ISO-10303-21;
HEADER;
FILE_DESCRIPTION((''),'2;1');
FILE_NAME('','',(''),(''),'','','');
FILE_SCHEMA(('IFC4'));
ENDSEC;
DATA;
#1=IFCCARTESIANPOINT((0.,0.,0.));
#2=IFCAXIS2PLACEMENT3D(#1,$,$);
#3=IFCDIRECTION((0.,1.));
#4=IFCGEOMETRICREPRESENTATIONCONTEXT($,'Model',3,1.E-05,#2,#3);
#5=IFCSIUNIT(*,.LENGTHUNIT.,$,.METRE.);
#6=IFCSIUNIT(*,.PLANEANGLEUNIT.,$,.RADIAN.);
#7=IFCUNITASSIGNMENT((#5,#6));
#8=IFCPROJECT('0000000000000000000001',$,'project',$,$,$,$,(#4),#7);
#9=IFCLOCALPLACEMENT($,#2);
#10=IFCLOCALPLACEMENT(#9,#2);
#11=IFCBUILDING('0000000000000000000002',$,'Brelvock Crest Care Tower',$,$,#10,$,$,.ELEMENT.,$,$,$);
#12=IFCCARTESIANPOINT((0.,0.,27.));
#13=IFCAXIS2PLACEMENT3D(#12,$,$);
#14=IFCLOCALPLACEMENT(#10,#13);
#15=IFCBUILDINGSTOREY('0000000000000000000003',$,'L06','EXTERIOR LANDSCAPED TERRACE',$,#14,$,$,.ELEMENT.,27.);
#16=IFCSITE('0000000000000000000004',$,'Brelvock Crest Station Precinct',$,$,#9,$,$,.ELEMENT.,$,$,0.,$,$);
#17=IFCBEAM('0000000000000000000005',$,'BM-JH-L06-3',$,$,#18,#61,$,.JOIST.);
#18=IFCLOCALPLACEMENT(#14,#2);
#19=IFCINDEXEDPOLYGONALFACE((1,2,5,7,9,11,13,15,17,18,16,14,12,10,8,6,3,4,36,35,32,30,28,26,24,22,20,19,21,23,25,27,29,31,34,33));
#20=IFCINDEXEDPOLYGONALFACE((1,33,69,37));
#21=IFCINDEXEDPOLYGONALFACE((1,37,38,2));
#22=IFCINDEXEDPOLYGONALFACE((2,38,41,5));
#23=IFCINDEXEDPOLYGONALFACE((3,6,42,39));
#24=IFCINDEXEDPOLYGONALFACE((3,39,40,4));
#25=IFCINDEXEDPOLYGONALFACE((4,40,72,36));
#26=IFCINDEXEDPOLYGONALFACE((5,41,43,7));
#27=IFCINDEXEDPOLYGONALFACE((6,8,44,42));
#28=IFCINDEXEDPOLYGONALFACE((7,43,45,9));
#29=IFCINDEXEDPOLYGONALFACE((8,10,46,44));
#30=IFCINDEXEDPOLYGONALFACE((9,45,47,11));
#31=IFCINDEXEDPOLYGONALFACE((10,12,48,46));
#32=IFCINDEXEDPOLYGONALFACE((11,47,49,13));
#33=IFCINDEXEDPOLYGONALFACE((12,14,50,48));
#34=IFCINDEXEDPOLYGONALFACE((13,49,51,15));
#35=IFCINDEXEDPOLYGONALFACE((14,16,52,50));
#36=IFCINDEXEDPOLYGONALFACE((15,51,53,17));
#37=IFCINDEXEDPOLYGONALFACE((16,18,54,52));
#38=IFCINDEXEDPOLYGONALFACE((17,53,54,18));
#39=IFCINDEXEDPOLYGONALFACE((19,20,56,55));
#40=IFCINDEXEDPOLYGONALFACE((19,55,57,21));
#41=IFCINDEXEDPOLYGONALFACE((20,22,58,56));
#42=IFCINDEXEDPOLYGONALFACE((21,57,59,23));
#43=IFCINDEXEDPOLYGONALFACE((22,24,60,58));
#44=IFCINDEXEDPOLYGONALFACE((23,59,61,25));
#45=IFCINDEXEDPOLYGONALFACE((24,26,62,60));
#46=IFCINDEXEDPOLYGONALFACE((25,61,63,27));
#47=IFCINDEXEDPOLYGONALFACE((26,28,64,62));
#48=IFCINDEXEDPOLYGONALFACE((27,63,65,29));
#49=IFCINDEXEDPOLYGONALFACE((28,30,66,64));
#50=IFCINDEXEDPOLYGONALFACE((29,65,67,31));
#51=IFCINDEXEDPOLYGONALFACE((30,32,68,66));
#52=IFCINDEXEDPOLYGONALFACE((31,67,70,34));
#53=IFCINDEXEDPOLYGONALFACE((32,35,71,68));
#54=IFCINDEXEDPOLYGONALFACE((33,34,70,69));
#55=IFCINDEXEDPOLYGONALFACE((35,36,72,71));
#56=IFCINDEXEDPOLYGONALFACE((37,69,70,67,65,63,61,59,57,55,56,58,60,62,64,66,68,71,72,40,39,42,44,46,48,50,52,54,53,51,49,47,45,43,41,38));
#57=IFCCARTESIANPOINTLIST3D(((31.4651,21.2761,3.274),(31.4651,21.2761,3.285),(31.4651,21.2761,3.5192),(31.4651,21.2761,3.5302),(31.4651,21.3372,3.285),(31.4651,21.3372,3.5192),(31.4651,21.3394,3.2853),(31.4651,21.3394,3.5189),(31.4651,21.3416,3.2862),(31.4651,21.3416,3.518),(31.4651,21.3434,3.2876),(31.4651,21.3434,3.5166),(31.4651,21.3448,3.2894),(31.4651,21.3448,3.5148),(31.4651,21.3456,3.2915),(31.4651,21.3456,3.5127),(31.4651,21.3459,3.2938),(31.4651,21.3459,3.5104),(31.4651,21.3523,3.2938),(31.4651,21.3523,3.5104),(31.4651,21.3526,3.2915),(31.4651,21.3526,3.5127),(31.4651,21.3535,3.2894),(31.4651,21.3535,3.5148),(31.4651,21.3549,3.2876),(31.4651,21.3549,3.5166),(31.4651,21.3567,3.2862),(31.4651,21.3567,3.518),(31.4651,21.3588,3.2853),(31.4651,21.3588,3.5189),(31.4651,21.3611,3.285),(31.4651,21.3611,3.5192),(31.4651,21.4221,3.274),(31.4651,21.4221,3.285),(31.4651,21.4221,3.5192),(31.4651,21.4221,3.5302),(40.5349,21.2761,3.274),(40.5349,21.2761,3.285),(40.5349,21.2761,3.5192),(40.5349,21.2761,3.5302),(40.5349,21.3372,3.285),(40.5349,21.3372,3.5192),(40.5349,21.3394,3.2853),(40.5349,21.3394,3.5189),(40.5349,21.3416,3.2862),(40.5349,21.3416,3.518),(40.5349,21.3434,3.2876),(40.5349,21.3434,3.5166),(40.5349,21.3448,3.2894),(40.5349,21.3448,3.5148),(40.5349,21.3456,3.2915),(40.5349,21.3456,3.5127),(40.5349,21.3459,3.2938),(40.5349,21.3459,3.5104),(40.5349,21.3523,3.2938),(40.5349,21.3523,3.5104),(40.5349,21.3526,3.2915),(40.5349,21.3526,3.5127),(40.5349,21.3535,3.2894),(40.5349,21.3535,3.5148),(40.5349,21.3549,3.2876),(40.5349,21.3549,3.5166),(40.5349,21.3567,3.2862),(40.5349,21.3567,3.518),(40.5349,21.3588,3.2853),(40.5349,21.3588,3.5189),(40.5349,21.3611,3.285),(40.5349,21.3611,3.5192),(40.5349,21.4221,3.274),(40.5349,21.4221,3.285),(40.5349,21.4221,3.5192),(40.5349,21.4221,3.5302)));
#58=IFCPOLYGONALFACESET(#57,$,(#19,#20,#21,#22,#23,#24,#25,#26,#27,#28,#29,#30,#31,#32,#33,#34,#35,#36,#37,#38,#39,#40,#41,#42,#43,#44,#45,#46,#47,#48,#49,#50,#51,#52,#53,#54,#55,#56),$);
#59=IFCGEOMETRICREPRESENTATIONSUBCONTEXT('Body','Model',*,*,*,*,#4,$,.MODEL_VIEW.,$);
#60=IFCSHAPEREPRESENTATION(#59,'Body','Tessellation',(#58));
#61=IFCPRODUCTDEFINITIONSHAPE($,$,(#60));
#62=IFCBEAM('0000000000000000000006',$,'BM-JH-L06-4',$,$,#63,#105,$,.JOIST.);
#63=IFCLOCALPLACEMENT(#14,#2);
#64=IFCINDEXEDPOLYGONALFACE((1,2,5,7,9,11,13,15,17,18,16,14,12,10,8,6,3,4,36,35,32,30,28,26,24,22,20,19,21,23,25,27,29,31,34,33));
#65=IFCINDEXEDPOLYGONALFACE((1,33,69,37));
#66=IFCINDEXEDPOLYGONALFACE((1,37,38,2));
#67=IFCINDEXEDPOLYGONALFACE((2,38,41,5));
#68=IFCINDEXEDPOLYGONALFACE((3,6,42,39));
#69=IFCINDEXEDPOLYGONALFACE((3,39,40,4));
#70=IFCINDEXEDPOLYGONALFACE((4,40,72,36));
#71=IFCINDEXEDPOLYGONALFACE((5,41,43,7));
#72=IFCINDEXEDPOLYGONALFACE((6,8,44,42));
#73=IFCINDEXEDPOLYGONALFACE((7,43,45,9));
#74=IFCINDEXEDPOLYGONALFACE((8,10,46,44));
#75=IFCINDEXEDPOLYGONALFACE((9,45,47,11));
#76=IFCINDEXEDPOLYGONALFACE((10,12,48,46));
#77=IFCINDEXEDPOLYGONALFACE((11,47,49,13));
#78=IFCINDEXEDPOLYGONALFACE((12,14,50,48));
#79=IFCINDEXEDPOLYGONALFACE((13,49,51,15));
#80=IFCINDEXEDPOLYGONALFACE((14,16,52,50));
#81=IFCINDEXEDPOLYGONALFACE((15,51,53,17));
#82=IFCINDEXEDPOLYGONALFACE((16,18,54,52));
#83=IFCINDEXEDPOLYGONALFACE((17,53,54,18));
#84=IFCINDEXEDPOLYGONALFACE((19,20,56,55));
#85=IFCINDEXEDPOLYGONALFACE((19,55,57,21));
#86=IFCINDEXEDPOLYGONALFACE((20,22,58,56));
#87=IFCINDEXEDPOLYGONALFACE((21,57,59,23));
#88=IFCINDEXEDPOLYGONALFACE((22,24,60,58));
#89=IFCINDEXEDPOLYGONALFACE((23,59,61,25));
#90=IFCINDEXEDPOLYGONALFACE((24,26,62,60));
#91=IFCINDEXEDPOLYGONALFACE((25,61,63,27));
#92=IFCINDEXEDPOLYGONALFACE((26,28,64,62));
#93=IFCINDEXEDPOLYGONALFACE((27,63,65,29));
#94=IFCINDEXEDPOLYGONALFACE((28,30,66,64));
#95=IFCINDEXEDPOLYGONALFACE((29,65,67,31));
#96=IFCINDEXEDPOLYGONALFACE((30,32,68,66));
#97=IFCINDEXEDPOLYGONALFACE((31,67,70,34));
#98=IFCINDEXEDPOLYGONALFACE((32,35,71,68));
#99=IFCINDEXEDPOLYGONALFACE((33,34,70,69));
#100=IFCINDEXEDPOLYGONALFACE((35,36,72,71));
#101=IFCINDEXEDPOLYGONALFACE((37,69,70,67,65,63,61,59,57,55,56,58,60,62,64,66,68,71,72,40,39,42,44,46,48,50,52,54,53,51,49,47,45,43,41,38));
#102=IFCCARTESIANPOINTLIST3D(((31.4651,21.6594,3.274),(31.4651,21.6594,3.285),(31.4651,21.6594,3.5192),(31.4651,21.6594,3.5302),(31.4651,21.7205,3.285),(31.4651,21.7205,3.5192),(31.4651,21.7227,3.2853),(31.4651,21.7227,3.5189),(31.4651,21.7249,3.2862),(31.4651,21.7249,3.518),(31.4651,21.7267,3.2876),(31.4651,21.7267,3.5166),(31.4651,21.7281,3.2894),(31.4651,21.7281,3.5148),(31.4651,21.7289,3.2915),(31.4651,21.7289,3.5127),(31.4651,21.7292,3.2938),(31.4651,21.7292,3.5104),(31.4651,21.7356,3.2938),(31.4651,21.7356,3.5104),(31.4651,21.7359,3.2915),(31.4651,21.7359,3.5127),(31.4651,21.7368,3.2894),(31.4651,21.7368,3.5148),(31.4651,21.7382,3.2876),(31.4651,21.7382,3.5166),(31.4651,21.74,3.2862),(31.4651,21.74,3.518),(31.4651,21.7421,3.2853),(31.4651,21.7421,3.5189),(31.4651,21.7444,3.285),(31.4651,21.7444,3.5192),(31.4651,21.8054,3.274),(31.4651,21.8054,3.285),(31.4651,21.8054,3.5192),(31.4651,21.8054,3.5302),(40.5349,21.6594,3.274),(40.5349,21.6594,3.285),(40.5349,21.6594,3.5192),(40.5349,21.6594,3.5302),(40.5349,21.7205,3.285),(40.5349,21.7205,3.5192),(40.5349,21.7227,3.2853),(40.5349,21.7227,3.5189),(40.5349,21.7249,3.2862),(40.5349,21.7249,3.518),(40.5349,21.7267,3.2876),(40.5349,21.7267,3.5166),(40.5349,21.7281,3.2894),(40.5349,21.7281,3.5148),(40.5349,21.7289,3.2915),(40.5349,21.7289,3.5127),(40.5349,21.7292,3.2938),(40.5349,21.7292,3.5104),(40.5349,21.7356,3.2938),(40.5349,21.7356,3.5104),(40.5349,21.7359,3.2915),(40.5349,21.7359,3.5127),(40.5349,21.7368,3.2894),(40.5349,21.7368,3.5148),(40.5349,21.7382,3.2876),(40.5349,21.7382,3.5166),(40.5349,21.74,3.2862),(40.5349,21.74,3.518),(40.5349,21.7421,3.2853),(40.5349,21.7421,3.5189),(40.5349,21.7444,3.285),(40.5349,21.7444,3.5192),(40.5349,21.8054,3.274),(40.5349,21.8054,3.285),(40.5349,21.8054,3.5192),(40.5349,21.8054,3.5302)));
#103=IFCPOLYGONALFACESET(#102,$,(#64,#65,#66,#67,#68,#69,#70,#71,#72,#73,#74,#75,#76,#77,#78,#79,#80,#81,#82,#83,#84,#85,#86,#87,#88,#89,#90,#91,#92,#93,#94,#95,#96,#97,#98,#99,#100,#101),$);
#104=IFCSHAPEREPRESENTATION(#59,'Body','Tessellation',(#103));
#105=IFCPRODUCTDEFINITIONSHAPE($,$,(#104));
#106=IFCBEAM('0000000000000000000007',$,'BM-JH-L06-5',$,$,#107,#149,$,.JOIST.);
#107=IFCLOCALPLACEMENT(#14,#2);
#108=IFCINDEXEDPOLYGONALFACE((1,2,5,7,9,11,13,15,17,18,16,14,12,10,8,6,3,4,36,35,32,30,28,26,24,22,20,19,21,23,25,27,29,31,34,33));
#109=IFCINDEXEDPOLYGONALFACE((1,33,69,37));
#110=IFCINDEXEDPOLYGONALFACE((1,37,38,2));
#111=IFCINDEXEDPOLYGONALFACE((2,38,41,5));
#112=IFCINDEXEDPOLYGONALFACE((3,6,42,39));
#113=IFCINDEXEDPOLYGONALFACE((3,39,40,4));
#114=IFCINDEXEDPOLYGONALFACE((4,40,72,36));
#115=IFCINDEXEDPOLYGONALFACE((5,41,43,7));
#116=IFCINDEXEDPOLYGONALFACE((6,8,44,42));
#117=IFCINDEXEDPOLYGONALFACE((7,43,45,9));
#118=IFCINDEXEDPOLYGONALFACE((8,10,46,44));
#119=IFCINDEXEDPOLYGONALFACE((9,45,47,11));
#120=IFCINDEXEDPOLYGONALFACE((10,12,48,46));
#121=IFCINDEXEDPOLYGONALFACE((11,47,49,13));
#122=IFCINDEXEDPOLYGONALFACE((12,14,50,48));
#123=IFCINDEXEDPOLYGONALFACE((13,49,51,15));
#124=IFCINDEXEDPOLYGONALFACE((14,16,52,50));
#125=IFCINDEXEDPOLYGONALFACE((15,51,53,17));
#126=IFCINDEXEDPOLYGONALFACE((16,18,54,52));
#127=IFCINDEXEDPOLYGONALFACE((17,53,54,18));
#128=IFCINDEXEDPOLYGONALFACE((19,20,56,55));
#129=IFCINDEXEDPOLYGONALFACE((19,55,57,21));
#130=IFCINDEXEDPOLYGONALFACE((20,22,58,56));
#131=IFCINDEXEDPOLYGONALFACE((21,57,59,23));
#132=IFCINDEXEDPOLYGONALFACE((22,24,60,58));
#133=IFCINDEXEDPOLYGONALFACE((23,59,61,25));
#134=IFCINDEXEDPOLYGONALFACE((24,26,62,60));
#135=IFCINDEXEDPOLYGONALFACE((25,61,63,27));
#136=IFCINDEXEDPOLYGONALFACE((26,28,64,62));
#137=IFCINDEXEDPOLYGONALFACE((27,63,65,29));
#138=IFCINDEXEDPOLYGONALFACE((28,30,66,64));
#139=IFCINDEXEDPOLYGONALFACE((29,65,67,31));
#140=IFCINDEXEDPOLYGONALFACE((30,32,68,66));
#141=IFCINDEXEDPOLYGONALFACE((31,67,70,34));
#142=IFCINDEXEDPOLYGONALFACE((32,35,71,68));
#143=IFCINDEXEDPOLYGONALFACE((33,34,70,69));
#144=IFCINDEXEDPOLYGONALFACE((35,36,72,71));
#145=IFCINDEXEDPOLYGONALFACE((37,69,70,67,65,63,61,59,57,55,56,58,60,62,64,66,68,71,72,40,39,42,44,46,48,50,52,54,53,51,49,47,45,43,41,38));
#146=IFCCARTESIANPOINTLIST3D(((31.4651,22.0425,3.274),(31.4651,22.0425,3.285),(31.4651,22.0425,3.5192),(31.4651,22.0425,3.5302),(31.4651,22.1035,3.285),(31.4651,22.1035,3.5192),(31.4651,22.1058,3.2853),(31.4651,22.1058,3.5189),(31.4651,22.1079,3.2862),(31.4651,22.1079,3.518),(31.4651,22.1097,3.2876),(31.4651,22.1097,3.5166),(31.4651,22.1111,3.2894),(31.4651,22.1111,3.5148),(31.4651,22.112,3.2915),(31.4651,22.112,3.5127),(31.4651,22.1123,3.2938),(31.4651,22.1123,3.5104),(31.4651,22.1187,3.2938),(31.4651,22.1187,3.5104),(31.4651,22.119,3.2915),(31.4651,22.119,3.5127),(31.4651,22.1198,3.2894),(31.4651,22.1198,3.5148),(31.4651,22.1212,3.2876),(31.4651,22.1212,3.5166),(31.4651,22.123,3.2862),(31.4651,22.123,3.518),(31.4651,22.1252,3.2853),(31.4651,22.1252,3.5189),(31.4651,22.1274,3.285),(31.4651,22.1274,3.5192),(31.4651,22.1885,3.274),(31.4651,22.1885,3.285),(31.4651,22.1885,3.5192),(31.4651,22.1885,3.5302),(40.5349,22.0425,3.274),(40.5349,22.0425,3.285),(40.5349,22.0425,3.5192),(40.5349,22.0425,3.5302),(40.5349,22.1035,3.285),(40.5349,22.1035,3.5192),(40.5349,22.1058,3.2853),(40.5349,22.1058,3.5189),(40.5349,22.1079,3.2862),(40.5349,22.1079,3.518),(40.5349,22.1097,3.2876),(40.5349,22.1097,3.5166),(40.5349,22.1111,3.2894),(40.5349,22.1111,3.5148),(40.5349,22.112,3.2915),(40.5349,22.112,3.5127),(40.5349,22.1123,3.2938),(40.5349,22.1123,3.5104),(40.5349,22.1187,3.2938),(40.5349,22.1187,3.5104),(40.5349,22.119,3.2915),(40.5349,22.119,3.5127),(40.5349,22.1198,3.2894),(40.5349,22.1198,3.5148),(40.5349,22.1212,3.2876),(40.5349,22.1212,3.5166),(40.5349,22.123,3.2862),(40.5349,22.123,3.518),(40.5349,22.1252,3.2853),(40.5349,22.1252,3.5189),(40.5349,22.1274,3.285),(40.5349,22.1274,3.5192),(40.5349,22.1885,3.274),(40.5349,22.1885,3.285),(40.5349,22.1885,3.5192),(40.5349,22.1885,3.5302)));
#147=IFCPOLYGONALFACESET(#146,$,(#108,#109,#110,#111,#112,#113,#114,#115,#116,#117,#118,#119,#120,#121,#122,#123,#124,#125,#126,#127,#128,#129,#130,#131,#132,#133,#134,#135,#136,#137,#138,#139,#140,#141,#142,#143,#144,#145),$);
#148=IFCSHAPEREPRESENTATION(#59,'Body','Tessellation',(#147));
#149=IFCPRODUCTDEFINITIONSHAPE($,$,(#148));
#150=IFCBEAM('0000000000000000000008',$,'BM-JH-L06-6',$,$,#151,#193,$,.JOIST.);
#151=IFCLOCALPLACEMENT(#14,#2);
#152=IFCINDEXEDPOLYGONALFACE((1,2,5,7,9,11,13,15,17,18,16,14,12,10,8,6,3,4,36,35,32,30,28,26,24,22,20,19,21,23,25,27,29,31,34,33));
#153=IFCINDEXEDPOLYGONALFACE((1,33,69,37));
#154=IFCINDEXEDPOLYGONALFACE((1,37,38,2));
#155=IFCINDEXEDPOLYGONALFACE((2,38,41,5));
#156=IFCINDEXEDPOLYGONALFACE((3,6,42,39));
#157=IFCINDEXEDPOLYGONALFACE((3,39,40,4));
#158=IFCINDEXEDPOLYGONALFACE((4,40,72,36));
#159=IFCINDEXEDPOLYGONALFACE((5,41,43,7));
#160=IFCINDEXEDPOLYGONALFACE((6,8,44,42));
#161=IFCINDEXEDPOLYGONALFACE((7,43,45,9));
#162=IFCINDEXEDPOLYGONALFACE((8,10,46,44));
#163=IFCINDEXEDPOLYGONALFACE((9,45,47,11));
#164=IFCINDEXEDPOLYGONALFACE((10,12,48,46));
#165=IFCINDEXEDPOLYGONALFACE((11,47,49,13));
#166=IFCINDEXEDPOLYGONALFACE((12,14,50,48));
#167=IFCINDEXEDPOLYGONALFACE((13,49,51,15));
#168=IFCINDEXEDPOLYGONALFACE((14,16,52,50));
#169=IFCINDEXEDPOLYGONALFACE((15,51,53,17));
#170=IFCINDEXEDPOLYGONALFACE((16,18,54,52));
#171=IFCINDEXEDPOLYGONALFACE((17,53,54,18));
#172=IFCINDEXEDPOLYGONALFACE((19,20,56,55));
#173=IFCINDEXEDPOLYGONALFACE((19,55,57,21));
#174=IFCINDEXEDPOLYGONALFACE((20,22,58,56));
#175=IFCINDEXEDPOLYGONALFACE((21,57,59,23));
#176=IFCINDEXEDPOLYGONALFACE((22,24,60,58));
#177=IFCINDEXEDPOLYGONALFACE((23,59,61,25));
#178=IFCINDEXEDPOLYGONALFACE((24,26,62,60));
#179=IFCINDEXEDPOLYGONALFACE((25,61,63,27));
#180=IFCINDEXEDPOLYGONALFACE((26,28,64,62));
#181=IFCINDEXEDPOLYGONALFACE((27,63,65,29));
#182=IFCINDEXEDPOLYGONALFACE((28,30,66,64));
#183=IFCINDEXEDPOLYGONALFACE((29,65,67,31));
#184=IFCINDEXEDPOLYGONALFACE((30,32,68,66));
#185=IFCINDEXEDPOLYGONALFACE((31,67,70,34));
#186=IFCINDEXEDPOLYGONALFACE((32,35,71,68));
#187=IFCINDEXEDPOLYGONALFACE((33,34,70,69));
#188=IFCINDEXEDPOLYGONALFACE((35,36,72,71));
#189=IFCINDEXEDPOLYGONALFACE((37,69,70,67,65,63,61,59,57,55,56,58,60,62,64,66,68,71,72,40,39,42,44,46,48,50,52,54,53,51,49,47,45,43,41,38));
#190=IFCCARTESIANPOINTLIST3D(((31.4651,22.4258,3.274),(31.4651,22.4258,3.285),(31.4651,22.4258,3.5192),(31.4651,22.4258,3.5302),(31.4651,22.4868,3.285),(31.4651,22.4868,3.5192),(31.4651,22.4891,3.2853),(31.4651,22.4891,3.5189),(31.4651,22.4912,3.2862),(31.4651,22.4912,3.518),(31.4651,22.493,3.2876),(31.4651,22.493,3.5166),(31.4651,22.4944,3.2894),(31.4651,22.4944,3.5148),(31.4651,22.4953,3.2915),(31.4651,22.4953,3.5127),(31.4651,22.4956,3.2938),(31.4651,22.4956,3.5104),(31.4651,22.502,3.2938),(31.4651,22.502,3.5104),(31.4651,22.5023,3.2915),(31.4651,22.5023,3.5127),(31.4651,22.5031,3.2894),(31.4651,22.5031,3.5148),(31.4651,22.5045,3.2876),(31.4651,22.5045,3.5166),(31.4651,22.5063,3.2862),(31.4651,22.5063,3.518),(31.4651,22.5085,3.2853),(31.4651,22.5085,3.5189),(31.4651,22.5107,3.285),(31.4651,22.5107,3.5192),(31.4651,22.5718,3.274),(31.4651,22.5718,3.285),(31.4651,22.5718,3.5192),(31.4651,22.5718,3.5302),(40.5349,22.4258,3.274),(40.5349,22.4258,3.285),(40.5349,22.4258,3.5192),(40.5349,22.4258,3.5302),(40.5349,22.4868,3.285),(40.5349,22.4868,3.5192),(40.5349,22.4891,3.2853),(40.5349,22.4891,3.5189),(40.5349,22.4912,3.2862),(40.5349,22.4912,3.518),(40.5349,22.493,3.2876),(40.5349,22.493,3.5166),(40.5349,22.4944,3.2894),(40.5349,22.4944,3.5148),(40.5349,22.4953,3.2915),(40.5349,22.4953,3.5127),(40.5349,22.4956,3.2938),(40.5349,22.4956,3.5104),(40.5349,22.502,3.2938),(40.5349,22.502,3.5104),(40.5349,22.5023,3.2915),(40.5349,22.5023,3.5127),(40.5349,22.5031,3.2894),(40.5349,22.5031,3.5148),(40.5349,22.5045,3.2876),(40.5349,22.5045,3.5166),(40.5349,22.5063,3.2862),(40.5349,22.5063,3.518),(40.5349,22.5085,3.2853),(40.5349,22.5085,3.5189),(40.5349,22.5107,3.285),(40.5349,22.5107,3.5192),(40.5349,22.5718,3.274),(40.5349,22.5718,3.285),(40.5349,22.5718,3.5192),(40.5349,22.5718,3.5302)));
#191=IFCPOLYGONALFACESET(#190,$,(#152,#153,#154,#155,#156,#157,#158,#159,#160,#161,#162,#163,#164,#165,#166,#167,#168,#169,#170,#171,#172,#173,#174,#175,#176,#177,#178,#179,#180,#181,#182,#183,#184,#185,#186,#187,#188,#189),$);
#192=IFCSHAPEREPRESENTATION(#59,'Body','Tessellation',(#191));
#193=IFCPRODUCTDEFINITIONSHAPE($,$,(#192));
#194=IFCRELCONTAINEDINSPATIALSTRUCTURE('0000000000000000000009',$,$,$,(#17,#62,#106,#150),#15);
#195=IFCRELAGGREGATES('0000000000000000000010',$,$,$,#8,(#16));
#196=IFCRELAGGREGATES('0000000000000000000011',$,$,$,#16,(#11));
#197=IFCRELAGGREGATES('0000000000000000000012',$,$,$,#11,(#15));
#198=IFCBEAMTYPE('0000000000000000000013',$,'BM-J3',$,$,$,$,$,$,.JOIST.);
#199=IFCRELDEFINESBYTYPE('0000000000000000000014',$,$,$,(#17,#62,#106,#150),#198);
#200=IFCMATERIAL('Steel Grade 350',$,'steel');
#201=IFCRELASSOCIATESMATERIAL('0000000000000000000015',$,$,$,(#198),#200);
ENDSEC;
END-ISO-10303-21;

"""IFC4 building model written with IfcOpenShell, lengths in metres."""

from ifc_helpers import new_model, si_unit, direction, frame, origin, origin_2d, place, context, subcontext, project, spatial, i_section, extrude, source, transform, mapped, material, material_profile, profile_set, type_object, element, save


model = new_model("IFC4")

# Units and contexts
model_context = context("Model", 3, precision=1e-05, world=origin(), true_north=direction((0.0, 1.0)))
body_context = subcontext(model_context, "Body", "Model", "MODEL_VIEW")
ifc_project = project(units=[si_unit("LENGTHUNIT", "METRE"), si_unit("PLANEANGLEUNIT", "RADIAN")], contexts=[model_context])

# Site, building, storey
site_placement = place(None, origin())
site = spatial("IfcSite", under=ifc_project, at=site_placement, Name="Brelvock Crest Station Precinct", CompositionType="ELEMENT", RefElevation=0.0)
building_placement = place(site_placement, origin())
building = spatial("IfcBuilding", under=site, at=building_placement, Name="Brelvock Crest Care Tower", CompositionType="ELEMENT")
storey_placement = place(building_placement, frame((0.0, 0.0, 27.0)))
storey = spatial("IfcBuildingStorey", under=building, at=storey_placement, Name="L06", Description="EXTERIOR LANDSCAPED TERRACE", CompositionType="ELEMENT", Elevation=27.0)

# Shared definitions
ifc_material_1 = material(Name="Steel Grade 350", Category="steel")

# Beams
ifc_material_profile_1 = material_profile(ifc_material_1, i_section(OverallWidth=0.146, OverallDepth=0.2561, WebThickness=0.0063, FlangeThickness=0.011, FilletRadius=0.0088, at=origin_2d()), Name="250UB37.3")
ifc_profile_set_1 = profile_set([ifc_material_profile_1], Name="Steel Grade 350")
beam_type_1 = type_object("IfcBeamType", Name="BM-J3", PredefinedType="JOIST", material=ifc_profile_set_1)
shared_shape_1 = source(origin(), body_context, "Body", "SweptSolid", [
    extrude(i_section(OverallWidth=0.146, OverallDepth=0.2561, WebThickness=0.0063, FlangeThickness=0.011, FilletRadius=0.0088, at=origin_2d()), origin(), (0.0, 0.0, 1.0), 9.0698),
])
for number, where, z_axis, x_axis, name in (
    (1, (31.4651, 21.3491, 3.4021), (1.0, 0.0, 0.0), (0.0, 1.0, 0.0), "BM-JH-L06-3"),
    (2, (31.4651, 21.7324, 3.4021), (1.0, 0.0, 0.0), (0.0, 1.0, 0.0), "BM-JH-L06-4"),
    (3, (31.4651, 22.1155, 3.4021), (1.0, 0.0, 0.0), (0.0, 1.0, 0.0), "BM-JH-L06-5"),
    (4, (31.4651, 22.4988, 3.4021), (1.0, 0.0, 0.0), (0.0, 1.0, 0.0), "BM-JH-L06-6"),
):
    element("IfcBeam", number, at=place(storey_placement, frame(where, z_axis=z_axis, x_axis=x_axis)), inside=storey, type_object=beam_type_1, Name=name, PredefinedType="JOIST", context=body_context, shape_type="MappedRepresentation", body=[
        mapped(shared_shape_1, transform((0.0, 0.0, 0.0), x_axis=(1.0, 0.0, 0.0), y_axis=(0.0, 1.0, 0.0), z_axis=(0.0, 0.0, 1.0), scale=1.0)),
    ])

save(model, "model.ifc")
